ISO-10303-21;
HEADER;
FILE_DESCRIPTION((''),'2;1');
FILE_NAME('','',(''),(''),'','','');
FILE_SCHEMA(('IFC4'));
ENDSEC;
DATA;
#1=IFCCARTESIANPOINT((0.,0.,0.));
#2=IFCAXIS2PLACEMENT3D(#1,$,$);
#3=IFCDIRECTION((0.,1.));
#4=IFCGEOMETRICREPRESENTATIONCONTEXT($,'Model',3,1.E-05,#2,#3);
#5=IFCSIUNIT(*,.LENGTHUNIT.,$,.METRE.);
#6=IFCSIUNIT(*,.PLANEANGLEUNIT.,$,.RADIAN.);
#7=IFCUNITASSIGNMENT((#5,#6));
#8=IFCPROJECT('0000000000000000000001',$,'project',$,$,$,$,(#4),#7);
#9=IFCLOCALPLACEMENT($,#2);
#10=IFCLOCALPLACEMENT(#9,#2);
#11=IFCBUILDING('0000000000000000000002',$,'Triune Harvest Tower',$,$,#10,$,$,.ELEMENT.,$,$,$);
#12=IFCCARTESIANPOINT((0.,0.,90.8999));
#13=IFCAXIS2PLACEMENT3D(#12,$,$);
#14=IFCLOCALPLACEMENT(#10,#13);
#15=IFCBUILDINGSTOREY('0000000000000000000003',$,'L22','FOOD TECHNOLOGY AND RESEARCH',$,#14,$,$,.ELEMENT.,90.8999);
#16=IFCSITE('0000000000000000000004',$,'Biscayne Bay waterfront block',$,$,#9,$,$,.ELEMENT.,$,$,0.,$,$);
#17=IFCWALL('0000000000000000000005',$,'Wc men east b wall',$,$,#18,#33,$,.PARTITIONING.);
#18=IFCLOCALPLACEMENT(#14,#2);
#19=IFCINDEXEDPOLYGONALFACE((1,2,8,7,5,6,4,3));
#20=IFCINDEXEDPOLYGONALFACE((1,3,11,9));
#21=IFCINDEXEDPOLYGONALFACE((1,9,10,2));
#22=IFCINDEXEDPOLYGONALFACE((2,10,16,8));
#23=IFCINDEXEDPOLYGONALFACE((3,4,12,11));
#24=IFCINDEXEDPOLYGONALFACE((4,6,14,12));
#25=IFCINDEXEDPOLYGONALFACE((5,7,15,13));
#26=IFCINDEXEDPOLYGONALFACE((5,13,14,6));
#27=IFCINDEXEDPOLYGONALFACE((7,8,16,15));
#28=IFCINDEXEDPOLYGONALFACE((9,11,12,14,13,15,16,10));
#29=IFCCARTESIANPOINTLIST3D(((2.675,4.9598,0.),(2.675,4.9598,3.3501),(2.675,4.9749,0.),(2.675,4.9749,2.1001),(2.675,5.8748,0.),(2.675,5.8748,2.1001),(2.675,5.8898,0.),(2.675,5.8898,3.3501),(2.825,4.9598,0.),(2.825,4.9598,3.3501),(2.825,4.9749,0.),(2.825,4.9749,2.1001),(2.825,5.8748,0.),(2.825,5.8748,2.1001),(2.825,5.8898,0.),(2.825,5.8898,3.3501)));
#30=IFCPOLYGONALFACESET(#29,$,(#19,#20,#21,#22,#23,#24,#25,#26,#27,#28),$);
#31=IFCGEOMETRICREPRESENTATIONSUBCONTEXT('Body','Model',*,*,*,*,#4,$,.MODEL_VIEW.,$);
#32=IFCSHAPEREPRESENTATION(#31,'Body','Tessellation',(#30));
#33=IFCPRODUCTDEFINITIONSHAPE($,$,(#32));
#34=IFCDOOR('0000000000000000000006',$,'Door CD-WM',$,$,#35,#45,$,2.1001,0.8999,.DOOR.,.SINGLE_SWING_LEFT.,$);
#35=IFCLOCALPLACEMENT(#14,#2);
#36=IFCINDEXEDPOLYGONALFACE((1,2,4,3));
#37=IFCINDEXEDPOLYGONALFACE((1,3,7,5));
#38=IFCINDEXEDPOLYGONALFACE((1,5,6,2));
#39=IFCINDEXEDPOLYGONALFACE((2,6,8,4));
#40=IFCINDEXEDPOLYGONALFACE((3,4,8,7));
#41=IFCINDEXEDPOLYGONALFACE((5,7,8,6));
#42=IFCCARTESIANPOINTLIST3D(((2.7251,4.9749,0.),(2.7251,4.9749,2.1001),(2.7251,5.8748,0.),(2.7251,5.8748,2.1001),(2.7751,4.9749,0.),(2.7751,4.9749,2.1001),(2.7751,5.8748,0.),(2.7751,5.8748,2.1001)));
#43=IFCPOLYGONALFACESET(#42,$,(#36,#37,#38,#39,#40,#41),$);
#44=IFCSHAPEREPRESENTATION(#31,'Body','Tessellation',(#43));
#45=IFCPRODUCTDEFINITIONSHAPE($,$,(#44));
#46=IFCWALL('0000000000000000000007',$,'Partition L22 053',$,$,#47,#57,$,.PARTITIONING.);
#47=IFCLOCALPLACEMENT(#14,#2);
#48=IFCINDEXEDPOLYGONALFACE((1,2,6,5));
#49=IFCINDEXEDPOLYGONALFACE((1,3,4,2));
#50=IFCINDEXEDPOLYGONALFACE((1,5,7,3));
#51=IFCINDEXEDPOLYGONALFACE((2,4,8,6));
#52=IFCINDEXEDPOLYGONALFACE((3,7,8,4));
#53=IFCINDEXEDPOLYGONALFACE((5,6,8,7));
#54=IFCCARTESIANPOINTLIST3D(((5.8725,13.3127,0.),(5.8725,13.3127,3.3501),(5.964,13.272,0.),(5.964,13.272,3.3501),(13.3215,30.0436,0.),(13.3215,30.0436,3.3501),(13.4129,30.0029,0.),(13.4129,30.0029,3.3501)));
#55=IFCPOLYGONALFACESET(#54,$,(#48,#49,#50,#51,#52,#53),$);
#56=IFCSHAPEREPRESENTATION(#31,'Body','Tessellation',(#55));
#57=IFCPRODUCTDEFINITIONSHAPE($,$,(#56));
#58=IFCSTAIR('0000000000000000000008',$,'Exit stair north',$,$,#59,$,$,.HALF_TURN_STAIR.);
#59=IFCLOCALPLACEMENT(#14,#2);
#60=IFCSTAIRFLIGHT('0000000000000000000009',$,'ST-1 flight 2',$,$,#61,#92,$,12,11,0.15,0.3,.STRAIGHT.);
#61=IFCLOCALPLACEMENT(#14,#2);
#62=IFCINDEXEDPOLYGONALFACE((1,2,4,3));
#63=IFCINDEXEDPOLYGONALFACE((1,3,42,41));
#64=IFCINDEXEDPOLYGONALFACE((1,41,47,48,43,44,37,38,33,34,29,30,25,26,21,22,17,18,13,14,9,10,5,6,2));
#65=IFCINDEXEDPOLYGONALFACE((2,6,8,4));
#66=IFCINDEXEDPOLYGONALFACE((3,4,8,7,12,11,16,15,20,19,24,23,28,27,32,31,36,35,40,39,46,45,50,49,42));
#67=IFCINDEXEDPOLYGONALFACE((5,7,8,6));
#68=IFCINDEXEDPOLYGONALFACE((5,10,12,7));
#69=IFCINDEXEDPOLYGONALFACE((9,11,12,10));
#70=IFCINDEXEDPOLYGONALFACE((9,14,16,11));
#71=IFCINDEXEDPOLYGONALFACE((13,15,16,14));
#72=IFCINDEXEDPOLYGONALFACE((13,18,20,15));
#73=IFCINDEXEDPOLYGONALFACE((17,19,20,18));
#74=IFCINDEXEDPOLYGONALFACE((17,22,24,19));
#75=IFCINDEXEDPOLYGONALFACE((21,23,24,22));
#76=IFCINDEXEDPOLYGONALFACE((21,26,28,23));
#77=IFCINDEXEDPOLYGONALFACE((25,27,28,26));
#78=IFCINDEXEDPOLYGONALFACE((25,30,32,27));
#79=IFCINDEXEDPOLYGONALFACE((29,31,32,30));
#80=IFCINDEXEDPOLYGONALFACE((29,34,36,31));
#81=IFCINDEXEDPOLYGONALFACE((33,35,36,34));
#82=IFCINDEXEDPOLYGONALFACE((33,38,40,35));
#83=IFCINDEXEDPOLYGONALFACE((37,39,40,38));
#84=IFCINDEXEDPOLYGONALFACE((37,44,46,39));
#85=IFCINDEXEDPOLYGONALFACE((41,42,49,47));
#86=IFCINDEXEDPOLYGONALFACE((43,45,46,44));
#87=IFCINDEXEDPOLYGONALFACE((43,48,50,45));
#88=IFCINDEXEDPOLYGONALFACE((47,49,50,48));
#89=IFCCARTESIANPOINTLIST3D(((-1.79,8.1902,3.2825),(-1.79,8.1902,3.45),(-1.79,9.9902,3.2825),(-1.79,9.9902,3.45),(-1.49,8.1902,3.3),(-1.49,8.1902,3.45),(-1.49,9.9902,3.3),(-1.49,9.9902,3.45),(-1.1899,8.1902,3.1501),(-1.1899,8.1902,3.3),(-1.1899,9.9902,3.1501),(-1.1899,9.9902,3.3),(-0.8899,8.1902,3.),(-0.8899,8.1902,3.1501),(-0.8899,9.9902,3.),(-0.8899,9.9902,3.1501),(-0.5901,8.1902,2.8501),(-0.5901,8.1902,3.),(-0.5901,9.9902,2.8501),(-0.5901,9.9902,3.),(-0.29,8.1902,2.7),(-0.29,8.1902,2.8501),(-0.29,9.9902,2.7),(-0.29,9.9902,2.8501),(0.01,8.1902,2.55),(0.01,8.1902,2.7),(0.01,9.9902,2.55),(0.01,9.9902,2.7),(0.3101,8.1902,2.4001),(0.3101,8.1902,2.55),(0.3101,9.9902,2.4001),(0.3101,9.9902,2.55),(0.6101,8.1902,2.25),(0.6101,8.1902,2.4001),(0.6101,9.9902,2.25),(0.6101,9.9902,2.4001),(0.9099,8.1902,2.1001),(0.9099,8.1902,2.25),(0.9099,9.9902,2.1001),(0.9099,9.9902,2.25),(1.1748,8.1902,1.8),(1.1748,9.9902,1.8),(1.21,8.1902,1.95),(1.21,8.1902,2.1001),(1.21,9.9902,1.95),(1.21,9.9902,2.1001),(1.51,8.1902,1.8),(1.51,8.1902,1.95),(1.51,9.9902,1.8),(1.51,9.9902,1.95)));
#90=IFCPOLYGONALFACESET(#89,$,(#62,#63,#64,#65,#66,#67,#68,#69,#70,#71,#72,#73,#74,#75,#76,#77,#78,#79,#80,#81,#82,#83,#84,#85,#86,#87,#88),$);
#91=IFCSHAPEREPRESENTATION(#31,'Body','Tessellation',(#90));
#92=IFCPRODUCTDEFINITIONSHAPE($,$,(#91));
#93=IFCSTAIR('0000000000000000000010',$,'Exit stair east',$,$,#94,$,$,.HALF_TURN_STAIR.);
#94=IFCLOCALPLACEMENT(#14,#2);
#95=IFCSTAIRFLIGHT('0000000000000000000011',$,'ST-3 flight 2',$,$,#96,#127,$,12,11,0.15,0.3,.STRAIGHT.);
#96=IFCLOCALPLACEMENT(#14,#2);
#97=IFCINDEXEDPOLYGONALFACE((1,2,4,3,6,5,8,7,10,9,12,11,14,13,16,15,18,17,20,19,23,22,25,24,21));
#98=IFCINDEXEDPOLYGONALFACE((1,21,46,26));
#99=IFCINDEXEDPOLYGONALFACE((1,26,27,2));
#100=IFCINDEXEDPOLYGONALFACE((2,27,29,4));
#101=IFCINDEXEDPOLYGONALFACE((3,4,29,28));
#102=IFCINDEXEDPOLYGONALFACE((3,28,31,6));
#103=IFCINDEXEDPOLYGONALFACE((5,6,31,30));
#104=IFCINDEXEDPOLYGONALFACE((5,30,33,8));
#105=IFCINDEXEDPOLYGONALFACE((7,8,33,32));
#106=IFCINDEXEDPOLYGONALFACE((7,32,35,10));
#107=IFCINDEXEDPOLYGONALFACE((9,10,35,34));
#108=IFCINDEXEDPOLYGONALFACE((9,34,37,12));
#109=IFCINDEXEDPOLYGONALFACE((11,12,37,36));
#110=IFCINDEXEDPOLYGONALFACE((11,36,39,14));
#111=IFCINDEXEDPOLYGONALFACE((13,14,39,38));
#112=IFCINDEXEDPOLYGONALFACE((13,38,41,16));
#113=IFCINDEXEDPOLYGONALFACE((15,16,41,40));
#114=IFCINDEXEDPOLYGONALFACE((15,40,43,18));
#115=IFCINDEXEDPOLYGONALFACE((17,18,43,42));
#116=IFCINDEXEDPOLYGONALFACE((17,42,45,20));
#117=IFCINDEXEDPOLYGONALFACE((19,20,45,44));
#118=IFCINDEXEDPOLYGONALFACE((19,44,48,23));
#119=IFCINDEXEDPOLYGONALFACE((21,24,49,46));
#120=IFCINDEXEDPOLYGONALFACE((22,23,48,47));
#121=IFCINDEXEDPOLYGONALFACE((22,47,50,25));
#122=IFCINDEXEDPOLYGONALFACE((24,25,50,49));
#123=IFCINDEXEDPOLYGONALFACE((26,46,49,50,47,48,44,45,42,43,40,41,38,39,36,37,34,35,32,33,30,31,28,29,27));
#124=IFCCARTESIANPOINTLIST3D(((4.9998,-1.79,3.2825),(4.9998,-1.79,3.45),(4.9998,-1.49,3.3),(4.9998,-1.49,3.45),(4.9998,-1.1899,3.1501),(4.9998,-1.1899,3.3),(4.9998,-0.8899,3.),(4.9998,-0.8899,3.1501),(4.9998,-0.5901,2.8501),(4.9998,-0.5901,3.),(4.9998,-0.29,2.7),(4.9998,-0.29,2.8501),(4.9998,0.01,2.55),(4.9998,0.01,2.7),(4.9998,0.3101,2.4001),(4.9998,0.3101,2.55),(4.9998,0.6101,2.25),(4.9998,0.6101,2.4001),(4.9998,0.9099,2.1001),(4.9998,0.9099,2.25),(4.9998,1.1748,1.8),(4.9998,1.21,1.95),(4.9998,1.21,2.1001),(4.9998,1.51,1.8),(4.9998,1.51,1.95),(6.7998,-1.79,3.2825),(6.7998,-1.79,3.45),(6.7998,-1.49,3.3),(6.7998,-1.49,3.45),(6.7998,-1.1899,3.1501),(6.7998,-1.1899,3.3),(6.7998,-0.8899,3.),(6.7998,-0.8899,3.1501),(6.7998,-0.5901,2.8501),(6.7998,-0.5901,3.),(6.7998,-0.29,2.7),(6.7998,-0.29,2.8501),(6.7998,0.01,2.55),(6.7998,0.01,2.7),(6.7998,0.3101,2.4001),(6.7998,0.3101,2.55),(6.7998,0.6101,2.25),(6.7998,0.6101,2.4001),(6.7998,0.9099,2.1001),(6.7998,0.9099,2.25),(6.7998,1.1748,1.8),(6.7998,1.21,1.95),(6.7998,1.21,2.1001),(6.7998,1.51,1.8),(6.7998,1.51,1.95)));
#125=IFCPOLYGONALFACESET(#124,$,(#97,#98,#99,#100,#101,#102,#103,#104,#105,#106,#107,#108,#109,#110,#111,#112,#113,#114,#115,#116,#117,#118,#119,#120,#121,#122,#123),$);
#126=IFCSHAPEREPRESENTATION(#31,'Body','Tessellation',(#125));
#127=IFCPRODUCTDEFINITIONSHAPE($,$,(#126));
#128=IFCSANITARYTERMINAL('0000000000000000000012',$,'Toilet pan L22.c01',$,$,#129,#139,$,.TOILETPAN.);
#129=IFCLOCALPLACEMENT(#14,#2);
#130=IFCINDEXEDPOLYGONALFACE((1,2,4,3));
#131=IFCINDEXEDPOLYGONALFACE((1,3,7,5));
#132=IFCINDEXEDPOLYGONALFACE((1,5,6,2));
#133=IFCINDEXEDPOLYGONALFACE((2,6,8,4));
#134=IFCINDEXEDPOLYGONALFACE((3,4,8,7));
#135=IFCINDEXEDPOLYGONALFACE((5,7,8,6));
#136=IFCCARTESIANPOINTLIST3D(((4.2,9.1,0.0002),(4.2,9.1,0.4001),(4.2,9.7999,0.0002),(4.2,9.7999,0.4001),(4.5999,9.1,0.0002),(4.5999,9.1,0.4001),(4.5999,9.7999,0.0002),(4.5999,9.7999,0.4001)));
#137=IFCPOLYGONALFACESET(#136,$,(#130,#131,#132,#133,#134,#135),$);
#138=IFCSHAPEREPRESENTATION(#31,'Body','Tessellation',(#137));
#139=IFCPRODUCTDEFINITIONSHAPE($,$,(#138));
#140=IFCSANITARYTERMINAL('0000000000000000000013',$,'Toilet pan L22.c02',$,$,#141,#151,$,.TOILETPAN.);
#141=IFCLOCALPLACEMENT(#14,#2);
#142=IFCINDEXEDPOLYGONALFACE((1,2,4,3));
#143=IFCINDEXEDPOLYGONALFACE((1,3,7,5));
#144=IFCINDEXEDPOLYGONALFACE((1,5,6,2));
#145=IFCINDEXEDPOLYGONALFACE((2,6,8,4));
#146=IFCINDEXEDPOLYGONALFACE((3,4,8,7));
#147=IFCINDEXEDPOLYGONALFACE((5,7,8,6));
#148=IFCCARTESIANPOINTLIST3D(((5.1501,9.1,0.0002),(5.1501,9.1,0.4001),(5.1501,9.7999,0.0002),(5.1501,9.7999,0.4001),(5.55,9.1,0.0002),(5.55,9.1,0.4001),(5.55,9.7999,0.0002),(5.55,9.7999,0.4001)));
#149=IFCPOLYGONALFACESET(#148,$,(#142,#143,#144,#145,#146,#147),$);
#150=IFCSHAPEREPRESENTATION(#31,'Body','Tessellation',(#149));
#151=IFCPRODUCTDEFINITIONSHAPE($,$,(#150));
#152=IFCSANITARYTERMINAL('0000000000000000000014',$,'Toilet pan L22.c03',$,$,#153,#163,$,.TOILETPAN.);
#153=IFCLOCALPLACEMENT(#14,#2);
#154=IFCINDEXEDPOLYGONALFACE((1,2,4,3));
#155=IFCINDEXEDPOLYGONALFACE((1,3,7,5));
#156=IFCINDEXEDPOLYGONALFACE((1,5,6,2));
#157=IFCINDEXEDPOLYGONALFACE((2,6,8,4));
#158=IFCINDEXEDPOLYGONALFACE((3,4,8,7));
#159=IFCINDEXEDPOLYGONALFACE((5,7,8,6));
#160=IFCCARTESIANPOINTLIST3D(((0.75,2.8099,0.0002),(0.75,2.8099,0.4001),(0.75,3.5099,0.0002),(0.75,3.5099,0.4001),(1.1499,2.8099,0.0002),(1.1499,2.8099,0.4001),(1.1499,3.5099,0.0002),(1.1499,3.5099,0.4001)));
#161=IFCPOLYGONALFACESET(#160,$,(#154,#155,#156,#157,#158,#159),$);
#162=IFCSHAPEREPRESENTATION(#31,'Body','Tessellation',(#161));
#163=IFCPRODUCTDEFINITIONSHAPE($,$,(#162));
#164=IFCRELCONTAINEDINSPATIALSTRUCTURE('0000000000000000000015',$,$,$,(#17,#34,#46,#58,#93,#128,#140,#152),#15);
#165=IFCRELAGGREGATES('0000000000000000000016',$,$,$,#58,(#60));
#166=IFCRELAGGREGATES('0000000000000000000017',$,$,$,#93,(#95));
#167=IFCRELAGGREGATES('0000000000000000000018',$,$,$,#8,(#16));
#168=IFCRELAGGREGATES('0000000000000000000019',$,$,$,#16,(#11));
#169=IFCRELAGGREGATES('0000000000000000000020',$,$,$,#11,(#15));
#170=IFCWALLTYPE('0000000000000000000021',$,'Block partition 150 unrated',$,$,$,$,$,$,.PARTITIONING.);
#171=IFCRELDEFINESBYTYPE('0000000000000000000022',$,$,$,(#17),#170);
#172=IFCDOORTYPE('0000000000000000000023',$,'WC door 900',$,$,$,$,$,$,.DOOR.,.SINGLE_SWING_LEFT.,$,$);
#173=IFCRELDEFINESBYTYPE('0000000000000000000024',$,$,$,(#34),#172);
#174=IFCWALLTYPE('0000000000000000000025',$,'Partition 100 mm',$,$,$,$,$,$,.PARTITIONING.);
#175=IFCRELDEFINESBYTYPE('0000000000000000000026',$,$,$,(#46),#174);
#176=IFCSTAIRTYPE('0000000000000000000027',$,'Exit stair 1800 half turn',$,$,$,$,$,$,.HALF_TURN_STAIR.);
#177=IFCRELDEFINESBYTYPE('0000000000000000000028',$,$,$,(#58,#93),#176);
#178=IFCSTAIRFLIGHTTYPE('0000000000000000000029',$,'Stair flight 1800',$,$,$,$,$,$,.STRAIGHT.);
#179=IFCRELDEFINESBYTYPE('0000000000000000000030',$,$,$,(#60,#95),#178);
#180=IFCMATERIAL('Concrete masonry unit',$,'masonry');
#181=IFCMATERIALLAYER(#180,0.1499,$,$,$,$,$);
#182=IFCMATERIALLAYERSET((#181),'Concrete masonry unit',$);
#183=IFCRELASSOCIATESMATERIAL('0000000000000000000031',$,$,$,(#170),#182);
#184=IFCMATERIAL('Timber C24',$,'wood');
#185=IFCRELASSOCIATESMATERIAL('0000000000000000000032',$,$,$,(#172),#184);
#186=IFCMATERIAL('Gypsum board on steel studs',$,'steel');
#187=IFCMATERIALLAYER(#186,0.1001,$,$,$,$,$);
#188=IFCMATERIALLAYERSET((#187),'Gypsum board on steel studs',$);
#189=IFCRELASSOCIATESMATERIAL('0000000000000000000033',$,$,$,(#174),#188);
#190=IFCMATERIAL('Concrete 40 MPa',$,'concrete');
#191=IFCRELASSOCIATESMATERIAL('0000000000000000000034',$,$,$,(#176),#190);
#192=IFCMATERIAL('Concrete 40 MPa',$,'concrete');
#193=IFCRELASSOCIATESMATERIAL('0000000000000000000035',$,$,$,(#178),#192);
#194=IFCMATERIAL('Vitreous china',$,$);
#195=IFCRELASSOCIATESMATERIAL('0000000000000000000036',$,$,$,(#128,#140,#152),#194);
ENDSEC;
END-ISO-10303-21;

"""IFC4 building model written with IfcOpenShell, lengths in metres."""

from ifc_helpers import new_model, si_unit, direction, frame, frame_2d, origin, origin_2d, place, context, subcontext, project, spatial, polyline, rectangle, outline, extrude, source, transform, mapped, material, layer, layer_set, type_object, element, fill, aggregate, save


model = new_model("IFC4")

# Units and contexts
model_context = context("Model", 3, precision=1e-05, world=origin(), true_north=direction((0.0, 1.0)))
body_context = subcontext(model_context, "Body", "Model", "MODEL_VIEW")
ifc_project = project(units=[si_unit("LENGTHUNIT", "METRE"), si_unit("PLANEANGLEUNIT", "RADIAN")], contexts=[model_context])

# Site, building, storey
site_placement = place(None, origin())
site = spatial("IfcSite", under=ifc_project, at=site_placement, Name="Biscayne Bay waterfront block", CompositionType="ELEMENT", RefElevation=0.0)
building_placement = place(site_placement, origin())
building = spatial("IfcBuilding", under=site, at=building_placement, Name="Triune Harvest Tower", CompositionType="ELEMENT")
storey_placement = place(building_placement, frame((0.0, 0.0, 90.8999)))
storey = spatial("IfcBuildingStorey", under=building, at=storey_placement, Name="L22", Description="FOOD TECHNOLOGY AND RESEARCH", CompositionType="ELEMENT", Elevation=90.8999)

# Wall, opening, door
ifc_material_1 = material(Name="Concrete masonry unit", Category="masonry")
ifc_layer_1 = layer(ifc_material_1, 0.1499)
ifc_layer_set_1 = layer_set([ifc_layer_1], Name="Concrete masonry unit")
wall_type_1 = type_object("IfcWallType", Name="Block partition 150 unrated", PredefinedType="PARTITIONING", material=ifc_layer_set_1)
ifc_material_2 = material(Name="Timber C24", Category="wood")
door_type_1 = type_object("IfcDoorType", Name="WC door 900", OperationType="SINGLE_SWING_LEFT", PredefinedType="DOOR", material=ifc_material_2)
shared_shape_1 = source(origin(), body_context, "Body", "SweptSolid", [
    extrude(rectangle(XDim=0.9299, YDim=0.1499, at=frame_2d((0.4648, 0.0))), origin(), (0.0, 0.0, 1.0), 3.3501),
])
wall_1_placement = place(storey_placement, frame((2.75, 4.96, 0.0), z_axis=(0.0, 0.0, 1.0), x_axis=(0.0, 1.0, 0.0)))
wall_1 = element("IfcWall", 1, at=wall_1_placement, inside=storey, type_object=wall_type_1, Name="Wc men east b wall", PredefinedType="PARTITIONING", context=body_context, shape_type="MappedRepresentation", body=[
    mapped(shared_shape_1, transform((0.0, 0.0, 0.0), scale=1.0)),
])
opening_1_placement = place(wall_1_placement, frame((0.0149, 0.0, 0.0)))
opening_1 = element("IfcOpeningElement", 2, at=opening_1_placement, cuts=wall_1, PredefinedType="OPENING", context=body_context, shape_type="SweptSolid", body=[
    extrude(rectangle(XDim=0.8999, YDim=2.1001, at=frame_2d((0.45, 1.05))), frame((0.0, 0.085, 0.0), z_axis=(0.0, -1.0, 0.0), x_axis=(1.0, 0.0, 0.0)), (0.0, 0.0, 1.0), 0.1699),
])
door_1_placement = place(opening_1_placement, origin())
door_1 = element("IfcDoor", 3, at=door_1_placement, inside=storey, type_object=door_type_1, Name="Door CD-WM", OperationType="SINGLE_SWING_LEFT", OverallHeight=2.1001, OverallWidth=0.8999, PredefinedType="DOOR", context=body_context, shape_type="SweptSolid", body=[
    extrude(rectangle(XDim=0.8999, YDim=2.1001, at=frame_2d((0.45, 1.05))), frame((0.0, 0.0249, 0.0), z_axis=(0.0, -1.0, 0.0), x_axis=(1.0, 0.0, 0.0)), (0.0, 0.0, 1.0), 0.05),
])
fill(opening_1, door_1)

# Wall
ifc_material_3 = material(Name="Gypsum board on steel studs", Category="steel")
ifc_layer_2 = layer(ifc_material_3, 0.1001)
ifc_layer_set_2 = layer_set([ifc_layer_2], Name="Gypsum board on steel studs")
wall_type_2 = type_object("IfcWallType", Name="Partition 100 mm", PredefinedType="PARTITIONING", material=ifc_layer_set_2)
shared_shape_2 = source(origin(), body_context, "Body", "SweptSolid", [
    extrude(rectangle(XDim=18.3142, YDim=0.1001, at=frame_2d((9.1572, 0.0))), origin(), (0.0, 0.0, 1.0), 3.3501),
])
wall_2_placement = place(storey_placement, frame((5.9182, 13.2922, 0.0), z_axis=(0.0, 0.0, 1.0), x_axis=(0.406731, 0.913548, 0.0)))
element("IfcWall", 4, at=wall_2_placement, inside=storey, type_object=wall_type_2, Name="Partition L22 053", PredefinedType="PARTITIONING", context=body_context, shape_type="MappedRepresentation", body=[
    mapped(shared_shape_2, transform((0.0, 0.0, 0.0), scale=1.0)),
])

# Stairs, stair flights
ifc_material_4 = material(Name="Concrete 40 MPa", Category="concrete")
stair_type = type_object("IfcStairType", Name="Exit stair 1800 half turn", PredefinedType="HALF_TURN_STAIR", material=ifc_material_4)
stair_1_placement = place(storey_placement, origin())
stair_1 = element("IfcStair", 5, at=stair_1_placement, inside=storey, type_object=stair_type, Name="Exit stair north", PredefinedType="HALF_TURN_STAIR")
ifc_material_5 = material(Name="Concrete 40 MPa", Category="concrete")
stair_flight_type = type_object("IfcStairFlightType", Name="Stair flight 1800", PredefinedType="STRAIGHT", material=ifc_material_5)
shared_shape_3 = source(origin(), body_context, "Body", "SweptSolid", [
    extrude(outline(polyline([(0.0, 0.0), (0.0, 0.1499), (0.3, 0.1499), (0.3, 0.3), (0.6001, 0.3), (0.6001, 0.45), (0.8999, 0.45), (0.8999, 0.6001), (1.2, 0.6001), (1.2, 0.75), (1.5, 0.75), (1.5, 0.8999), (1.8, 0.8999), (1.8, 1.05), (2.1001, 1.05), (2.1001, 1.2), (2.3999, 1.2), (2.3999, 1.3501), (2.7, 1.3501), (2.7, 1.5), (3.0, 1.5), (3.0, 1.6499), (3.3, 1.6499), (3.3, 1.8), (3.3, 1.4824), (0.3352, 0.0), (0.0, 0.0)])), frame((0.0, 0.8999, 0.0), z_axis=(0.0, -1.0, 0.0), x_axis=(1.0, 0.0, 0.0)), (0.0, 0.0, 1.0), 1.8),
])
stair_flight_1_placement = place(storey_placement, frame((1.51, 9.0901, 1.8), z_axis=(0.0, 0.0, 1.0), x_axis=(-1.0, 0.0, 0.0)))
stair_flight_1 = element("IfcStairFlight", 6, at=stair_flight_1_placement, type_object=stair_flight_type, Name="ST-1 flight 2", NumberOfRisers=12, NumberOfTreads=11, PredefinedType="STRAIGHT", RiserHeight=0.15, TreadLength=0.3, context=body_context, shape_type="MappedRepresentation", body=[
    mapped(shared_shape_3, transform((0.0, 0.0, 0.0), scale=1.0)),
])
aggregate(stair_1, [stair_flight_1])
stair_2_placement = place(storey_placement, origin())
stair_2 = element("IfcStair", 7, at=stair_2_placement, inside=storey, type_object=stair_type, Name="Exit stair east", PredefinedType="HALF_TURN_STAIR")
stair_flight_2_placement = place(storey_placement, frame((5.8999, 1.51, 1.8), z_axis=(0.0, 0.0, 1.0), x_axis=(0.0, -1.0, 0.0)))
stair_flight_2 = element("IfcStairFlight", 8, at=stair_flight_2_placement, type_object=stair_flight_type, Name="ST-3 flight 2", NumberOfRisers=12, NumberOfTreads=11, PredefinedType="STRAIGHT", RiserHeight=0.15, TreadLength=0.3, context=body_context, shape_type="MappedRepresentation", body=[
    mapped(shared_shape_3, transform((0.0, 0.0, 0.0), scale=1.0)),
])
aggregate(stair_2, [stair_flight_2])

# Sanitary terminals
ifc_material_6 = material(Name="Vitreous china")
shared_shape_4 = source(origin(), body_context, "Body", "SweptSolid", [
    extrude(rectangle(XDim=0.3999, YDim=0.7, at=origin_2d()), origin(), (0.0, 0.0, 1.0), 0.3999),
])
for number, where, z_axis, x_axis, name in (
    (9, (4.3999, 9.45, 0.0002), (0.0, 0.0, 1.0), (1.0, 0.0, 0.0), "Toilet pan L22.c01"),
    (10, (5.3501, 9.45, 0.0002), (0.0, 0.0, 1.0), (1.0, 0.0, 0.0), "Toilet pan L22.c02"),
    (11, (0.95, 3.1599, 0.0002), (0.0, 0.0, 1.0), (-1.0, 0.0, 0.0), "Toilet pan L22.c03"),
):
    element("IfcSanitaryTerminal", number, at=place(storey_placement, frame(where, z_axis=z_axis, x_axis=x_axis)), inside=storey, material=ifc_material_6, Name=name, PredefinedType="TOILETPAN", context=body_context, shape_type="MappedRepresentation", body=[
        mapped(shared_shape_4, transform((0.0, 0.0, 0.0), scale=1.0)),
    ])

save(model, "model.ifc")
